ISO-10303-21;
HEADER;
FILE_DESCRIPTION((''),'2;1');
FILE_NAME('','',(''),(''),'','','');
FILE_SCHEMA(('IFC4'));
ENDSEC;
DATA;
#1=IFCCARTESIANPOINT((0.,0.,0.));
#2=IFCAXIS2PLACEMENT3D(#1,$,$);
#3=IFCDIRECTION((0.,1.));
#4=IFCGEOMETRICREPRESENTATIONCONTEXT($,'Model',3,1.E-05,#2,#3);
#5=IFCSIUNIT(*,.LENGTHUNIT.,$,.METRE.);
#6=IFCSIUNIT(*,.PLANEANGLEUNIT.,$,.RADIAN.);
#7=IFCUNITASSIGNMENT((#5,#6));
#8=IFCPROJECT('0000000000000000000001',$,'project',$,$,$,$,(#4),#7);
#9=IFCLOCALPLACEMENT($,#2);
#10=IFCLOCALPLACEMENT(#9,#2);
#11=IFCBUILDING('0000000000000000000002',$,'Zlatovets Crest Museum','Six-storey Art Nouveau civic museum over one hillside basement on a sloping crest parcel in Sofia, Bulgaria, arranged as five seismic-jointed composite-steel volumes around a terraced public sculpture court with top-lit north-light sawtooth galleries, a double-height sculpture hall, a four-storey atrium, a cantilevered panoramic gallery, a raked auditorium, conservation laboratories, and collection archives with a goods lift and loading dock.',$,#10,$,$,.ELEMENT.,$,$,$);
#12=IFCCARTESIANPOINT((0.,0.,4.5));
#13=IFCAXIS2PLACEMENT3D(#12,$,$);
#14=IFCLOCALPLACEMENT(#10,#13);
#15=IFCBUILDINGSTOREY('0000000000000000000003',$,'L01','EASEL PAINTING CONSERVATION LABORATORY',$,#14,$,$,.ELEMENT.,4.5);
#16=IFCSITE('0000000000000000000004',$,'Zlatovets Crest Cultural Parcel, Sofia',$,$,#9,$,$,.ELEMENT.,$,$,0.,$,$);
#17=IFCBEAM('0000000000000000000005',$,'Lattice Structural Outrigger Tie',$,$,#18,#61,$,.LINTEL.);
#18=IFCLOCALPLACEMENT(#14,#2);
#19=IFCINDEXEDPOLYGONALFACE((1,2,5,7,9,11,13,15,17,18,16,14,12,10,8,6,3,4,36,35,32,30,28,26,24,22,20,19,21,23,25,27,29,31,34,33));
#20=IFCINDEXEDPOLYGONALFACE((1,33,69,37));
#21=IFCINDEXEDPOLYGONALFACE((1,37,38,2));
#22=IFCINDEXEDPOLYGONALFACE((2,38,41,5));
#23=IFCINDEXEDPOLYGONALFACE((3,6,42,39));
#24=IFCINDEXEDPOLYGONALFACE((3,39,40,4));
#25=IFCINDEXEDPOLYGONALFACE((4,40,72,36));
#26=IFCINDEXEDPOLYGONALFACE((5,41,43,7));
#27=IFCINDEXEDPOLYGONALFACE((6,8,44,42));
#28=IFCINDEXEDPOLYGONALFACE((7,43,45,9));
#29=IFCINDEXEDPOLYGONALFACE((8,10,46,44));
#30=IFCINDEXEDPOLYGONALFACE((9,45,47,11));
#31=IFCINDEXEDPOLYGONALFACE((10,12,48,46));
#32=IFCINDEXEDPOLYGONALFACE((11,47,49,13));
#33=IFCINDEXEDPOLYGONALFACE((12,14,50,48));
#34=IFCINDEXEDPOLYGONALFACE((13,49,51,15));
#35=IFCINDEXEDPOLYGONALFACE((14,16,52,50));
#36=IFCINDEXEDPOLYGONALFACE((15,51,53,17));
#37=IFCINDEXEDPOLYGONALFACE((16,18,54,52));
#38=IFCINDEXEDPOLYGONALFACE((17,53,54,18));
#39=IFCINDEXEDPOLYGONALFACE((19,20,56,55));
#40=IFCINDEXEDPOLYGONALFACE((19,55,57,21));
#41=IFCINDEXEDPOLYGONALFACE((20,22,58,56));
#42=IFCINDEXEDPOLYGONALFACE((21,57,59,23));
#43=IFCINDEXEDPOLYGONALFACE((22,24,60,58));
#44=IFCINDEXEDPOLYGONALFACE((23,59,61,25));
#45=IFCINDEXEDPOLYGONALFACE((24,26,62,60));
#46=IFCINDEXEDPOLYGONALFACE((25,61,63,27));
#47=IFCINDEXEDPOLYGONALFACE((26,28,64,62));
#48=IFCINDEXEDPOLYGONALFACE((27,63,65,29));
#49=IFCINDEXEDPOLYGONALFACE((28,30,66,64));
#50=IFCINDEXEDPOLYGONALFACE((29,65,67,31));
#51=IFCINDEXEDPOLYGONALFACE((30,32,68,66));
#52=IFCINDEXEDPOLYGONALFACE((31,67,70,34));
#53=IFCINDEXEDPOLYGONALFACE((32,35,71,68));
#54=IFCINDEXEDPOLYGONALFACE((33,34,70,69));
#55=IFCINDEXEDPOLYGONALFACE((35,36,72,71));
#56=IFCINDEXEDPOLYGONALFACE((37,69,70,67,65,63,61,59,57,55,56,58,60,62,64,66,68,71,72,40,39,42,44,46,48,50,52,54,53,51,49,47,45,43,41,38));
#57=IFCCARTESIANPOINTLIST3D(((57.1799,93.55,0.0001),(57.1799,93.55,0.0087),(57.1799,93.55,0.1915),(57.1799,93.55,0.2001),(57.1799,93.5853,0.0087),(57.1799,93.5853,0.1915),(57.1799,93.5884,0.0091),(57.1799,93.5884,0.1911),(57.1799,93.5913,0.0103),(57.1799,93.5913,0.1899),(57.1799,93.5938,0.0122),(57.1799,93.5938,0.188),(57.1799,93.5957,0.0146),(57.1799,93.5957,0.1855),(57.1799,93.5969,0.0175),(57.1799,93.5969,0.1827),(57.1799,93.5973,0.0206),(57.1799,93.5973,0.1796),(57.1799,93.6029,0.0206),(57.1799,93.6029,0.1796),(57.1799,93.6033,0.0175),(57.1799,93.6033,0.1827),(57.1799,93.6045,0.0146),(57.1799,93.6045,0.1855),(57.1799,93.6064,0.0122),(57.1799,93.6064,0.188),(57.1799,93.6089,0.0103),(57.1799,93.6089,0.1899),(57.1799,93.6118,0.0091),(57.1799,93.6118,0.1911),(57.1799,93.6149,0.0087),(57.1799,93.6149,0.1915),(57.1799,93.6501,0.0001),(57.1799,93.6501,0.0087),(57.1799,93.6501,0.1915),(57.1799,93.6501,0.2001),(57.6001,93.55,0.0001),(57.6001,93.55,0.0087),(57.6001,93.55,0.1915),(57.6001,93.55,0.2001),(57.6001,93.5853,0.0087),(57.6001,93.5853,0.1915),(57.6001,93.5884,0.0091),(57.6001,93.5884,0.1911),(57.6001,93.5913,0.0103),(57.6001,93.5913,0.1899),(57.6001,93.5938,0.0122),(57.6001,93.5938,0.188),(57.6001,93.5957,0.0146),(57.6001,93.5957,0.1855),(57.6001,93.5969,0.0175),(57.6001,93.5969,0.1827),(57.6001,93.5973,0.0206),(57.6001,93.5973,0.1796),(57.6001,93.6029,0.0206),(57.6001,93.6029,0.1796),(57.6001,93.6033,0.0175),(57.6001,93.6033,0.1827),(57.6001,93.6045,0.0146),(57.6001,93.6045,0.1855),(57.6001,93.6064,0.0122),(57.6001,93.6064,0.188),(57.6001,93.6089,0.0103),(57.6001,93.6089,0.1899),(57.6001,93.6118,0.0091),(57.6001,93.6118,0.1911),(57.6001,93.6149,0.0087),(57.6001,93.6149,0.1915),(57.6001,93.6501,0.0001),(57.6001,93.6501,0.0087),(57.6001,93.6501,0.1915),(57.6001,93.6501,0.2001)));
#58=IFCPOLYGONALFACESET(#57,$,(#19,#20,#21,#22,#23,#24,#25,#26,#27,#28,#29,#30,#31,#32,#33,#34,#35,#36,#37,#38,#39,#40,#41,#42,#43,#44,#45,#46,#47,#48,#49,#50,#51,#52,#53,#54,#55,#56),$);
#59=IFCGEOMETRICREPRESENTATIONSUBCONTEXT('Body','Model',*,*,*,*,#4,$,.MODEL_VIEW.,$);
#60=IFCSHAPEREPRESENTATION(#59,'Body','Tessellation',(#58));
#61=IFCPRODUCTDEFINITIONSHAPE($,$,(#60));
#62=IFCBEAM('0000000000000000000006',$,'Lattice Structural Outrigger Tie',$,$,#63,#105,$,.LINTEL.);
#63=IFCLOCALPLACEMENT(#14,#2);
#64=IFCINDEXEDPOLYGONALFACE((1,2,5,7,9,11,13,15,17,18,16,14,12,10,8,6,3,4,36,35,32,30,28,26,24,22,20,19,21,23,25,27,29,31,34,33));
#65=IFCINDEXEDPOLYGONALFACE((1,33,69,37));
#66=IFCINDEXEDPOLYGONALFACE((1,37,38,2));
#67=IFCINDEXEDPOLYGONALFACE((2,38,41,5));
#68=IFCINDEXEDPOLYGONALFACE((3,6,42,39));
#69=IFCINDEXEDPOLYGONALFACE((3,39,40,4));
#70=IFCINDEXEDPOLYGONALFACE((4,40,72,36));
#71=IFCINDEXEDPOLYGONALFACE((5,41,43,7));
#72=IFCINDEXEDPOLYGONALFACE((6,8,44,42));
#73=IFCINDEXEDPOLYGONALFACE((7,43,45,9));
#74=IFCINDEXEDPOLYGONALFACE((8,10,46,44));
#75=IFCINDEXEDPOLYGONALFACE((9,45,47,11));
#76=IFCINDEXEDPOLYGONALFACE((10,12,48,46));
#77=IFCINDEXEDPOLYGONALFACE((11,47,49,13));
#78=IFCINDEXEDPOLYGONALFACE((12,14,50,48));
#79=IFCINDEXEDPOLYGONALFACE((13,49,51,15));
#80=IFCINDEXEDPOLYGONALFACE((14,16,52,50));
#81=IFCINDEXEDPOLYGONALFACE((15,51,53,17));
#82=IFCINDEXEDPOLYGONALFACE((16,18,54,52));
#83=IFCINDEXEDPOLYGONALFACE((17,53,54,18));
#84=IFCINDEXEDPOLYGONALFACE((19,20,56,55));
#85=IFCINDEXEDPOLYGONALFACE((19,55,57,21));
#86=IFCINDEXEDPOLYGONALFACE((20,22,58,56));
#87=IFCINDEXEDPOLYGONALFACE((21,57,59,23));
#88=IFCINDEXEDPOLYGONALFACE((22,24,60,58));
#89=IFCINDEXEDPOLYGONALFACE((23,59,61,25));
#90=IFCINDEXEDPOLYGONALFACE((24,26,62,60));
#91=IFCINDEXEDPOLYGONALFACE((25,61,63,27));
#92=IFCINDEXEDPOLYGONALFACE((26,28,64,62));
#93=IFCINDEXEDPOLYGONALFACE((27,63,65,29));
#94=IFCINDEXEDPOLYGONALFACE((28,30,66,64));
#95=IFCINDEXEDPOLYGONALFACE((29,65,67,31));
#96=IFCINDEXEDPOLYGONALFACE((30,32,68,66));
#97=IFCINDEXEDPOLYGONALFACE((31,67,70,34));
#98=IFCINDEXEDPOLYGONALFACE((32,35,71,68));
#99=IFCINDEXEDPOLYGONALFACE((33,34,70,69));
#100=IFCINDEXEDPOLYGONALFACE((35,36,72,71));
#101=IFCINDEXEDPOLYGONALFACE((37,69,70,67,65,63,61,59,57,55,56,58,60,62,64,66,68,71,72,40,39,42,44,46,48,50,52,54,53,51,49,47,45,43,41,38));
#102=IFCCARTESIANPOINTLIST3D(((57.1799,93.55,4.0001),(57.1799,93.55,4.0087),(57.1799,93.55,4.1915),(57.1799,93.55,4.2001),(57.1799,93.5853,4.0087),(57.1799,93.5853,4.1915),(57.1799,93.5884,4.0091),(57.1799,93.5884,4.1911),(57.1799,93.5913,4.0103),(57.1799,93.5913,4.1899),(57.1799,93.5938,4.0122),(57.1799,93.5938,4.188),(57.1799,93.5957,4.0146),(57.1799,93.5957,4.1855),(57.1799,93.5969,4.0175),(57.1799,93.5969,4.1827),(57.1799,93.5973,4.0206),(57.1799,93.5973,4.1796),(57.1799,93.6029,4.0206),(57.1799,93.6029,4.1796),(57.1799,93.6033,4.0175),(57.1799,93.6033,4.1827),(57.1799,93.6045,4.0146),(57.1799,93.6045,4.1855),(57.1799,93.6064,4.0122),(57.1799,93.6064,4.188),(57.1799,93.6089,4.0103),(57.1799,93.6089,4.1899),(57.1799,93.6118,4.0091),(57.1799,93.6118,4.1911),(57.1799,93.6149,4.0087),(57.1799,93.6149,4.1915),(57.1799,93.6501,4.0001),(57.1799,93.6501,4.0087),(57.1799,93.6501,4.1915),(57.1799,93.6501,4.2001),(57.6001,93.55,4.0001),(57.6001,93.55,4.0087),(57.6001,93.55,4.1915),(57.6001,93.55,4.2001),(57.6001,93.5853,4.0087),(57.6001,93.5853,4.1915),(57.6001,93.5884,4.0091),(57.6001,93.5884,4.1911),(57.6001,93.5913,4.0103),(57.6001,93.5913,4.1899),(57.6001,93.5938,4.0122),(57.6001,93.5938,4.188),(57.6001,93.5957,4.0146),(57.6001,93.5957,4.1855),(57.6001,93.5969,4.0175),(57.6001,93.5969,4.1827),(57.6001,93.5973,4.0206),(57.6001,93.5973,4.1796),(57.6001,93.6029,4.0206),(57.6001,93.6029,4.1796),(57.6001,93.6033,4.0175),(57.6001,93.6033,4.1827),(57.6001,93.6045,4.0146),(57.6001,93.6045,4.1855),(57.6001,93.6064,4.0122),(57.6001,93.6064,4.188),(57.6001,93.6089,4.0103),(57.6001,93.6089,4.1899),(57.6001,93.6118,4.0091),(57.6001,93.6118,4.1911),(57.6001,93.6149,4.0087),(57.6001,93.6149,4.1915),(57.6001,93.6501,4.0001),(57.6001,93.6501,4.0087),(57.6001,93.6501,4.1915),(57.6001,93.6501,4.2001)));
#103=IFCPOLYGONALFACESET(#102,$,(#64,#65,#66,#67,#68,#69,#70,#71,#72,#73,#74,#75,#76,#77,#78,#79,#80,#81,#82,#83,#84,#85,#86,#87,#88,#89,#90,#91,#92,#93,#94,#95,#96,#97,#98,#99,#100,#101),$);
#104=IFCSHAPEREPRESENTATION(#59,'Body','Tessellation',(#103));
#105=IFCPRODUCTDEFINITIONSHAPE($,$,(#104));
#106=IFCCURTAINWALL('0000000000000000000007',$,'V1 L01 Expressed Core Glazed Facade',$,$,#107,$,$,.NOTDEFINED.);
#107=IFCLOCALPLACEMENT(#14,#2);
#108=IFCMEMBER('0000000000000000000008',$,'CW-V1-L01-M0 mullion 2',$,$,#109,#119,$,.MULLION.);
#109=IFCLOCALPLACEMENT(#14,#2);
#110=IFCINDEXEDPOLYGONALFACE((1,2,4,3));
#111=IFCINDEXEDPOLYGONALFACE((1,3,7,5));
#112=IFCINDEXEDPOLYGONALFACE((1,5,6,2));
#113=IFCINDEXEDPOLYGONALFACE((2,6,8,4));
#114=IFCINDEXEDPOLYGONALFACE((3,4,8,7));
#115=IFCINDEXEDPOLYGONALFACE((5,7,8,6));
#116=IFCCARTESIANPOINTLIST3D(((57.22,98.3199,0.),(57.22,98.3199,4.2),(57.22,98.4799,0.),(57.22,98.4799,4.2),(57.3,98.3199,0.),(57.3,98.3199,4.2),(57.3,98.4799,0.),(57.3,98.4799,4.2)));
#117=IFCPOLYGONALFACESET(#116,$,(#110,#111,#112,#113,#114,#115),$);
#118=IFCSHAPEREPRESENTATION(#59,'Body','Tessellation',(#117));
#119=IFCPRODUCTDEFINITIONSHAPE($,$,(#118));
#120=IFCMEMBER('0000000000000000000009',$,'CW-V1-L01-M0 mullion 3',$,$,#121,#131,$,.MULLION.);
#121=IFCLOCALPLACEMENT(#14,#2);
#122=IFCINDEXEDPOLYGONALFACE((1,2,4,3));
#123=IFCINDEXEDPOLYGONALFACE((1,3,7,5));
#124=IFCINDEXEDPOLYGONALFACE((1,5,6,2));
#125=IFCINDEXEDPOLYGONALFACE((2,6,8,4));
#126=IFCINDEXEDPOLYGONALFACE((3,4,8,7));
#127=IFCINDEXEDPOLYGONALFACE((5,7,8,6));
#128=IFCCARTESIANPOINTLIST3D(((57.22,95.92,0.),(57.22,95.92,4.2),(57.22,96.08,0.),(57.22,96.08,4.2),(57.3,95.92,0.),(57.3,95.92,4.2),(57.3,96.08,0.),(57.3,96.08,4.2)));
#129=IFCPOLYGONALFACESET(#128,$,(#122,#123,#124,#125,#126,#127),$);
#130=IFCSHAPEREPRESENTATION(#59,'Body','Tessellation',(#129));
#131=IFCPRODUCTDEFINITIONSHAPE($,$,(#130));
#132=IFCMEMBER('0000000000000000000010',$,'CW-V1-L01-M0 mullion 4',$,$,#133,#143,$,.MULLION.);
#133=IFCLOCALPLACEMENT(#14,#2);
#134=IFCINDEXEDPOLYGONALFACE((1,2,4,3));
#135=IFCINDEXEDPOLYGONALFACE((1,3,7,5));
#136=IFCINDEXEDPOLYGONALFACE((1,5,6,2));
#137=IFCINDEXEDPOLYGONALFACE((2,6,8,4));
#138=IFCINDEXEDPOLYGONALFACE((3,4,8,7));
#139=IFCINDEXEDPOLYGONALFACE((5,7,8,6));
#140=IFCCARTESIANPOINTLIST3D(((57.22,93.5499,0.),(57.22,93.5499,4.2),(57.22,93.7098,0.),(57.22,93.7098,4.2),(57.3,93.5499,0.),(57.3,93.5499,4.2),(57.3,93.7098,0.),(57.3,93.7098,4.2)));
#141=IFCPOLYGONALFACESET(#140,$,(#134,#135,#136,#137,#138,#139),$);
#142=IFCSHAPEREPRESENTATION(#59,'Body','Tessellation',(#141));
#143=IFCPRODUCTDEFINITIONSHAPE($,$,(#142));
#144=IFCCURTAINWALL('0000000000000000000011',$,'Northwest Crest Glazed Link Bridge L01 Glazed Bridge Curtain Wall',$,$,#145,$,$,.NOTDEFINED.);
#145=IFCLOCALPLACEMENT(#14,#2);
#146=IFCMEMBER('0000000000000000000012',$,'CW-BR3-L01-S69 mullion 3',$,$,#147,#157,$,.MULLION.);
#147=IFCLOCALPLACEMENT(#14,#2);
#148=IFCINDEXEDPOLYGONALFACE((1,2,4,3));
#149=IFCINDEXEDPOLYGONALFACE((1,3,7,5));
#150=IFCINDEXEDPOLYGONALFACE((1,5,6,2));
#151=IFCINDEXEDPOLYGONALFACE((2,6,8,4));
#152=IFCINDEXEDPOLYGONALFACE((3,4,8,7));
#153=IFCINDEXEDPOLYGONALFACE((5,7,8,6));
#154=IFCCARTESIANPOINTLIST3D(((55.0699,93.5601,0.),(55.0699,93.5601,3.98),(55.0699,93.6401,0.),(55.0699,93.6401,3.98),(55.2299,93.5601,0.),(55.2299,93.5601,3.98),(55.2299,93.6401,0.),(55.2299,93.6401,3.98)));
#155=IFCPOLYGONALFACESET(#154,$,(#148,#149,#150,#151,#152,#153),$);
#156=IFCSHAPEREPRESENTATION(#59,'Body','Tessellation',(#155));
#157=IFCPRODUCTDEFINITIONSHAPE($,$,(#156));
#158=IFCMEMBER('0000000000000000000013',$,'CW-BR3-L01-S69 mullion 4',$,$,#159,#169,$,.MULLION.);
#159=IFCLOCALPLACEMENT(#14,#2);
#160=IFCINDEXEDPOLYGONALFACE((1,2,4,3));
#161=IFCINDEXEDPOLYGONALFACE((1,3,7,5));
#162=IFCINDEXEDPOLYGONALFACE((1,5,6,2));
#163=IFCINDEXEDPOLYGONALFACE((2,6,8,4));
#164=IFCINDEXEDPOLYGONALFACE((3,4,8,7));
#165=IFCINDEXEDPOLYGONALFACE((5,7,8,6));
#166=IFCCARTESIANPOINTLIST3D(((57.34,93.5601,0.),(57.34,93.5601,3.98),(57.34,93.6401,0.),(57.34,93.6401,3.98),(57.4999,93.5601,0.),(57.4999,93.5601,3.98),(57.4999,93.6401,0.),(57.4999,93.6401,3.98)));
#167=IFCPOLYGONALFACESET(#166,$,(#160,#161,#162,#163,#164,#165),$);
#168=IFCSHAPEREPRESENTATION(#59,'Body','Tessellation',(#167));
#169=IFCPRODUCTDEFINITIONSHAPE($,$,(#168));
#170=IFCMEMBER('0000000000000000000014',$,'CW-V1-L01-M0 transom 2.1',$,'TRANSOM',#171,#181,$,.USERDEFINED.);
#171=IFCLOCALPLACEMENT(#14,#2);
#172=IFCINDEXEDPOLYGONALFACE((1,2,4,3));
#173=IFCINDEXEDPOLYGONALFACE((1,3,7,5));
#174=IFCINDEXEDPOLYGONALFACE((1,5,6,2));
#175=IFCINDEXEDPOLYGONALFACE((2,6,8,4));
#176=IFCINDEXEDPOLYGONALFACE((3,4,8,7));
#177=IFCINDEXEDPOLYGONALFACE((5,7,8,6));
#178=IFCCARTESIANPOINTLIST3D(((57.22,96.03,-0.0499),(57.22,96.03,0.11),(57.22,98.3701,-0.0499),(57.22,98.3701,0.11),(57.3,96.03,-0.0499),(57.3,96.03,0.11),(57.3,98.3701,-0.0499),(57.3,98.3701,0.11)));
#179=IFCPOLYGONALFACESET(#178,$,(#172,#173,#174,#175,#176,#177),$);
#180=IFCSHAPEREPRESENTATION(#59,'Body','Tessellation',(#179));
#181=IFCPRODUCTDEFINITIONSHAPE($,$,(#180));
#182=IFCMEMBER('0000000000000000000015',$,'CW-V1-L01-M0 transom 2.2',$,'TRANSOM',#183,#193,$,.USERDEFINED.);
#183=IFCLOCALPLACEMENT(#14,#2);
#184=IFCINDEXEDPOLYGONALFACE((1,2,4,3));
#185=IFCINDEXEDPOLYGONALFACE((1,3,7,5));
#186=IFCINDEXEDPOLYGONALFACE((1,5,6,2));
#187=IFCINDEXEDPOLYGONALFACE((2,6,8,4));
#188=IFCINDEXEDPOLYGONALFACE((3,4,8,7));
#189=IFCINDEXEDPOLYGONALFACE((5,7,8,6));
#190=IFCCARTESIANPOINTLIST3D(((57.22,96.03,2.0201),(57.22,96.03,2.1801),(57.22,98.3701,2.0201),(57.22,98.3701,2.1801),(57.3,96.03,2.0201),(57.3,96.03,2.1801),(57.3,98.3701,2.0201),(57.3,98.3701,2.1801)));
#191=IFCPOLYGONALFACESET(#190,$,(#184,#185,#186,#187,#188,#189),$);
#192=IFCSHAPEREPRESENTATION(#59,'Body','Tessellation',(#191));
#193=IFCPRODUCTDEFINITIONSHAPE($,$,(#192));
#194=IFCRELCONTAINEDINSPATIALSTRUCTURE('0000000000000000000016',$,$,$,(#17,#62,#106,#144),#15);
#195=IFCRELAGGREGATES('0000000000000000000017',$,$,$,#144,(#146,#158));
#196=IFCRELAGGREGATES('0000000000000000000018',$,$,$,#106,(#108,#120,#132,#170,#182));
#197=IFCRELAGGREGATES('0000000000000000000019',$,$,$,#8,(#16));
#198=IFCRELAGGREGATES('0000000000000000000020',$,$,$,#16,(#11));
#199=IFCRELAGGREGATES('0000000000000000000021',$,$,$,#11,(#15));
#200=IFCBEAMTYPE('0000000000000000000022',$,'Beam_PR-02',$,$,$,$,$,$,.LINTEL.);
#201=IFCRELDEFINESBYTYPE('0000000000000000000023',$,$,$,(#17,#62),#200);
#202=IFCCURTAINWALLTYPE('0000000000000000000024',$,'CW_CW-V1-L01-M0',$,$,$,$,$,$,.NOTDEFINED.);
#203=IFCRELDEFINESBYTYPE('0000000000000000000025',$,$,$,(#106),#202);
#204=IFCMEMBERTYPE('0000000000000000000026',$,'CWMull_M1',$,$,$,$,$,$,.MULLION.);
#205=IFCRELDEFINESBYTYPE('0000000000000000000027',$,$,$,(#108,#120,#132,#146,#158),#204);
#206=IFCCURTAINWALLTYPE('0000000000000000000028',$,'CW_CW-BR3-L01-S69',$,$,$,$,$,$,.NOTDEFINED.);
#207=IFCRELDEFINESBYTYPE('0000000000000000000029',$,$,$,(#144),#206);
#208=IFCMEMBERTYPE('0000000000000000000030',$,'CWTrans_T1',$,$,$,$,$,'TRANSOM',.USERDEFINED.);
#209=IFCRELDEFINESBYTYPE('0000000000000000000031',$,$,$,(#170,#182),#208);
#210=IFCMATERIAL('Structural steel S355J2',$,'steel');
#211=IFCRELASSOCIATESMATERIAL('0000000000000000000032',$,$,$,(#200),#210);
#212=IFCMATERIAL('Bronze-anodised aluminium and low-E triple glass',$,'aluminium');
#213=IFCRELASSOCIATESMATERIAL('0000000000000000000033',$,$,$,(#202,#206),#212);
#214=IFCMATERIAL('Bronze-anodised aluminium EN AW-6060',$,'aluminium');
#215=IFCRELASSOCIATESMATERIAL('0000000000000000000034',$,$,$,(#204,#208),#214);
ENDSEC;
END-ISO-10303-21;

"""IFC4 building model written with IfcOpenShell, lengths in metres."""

from ifc_helpers import new_model, si_unit, direction, frame, origin, origin_2d, place, context, subcontext, project, spatial, rectangle, i_section, extrude, material, material_profile, profile_set, type_object, element, aggregate, save


model = new_model("IFC4")

# Units and contexts
model_context = context("Model", 3, precision=1e-05, world=origin(), true_north=direction((0.0, 1.0)))
body_context = subcontext(model_context, "Body", "Model", "MODEL_VIEW")
ifc_project = project(units=[si_unit("LENGTHUNIT", "METRE"), si_unit("PLANEANGLEUNIT", "RADIAN")], contexts=[model_context])

# Site, building, storey
site_placement = place(None, origin())
site = spatial("IfcSite", under=ifc_project, at=site_placement, Name="Zlatovets Crest Cultural Parcel, Sofia", CompositionType="ELEMENT", RefElevation=0.0)
building_placement = place(site_placement, origin())
building = spatial("IfcBuilding", under=site, at=building_placement, Name="Zlatovets Crest Museum", Description="Six-storey Art Nouveau civic museum over one hillside basement on a sloping crest parcel in Sofia, Bulgaria, arranged as five seismic-jointed composite-steel volumes around a terraced public sculpture court with top-lit north-light sawtooth galleries, a double-height sculpture hall, a four-storey atrium, a cantilevered panoramic gallery, a raked auditorium, conservation laboratories, and collection archives with a goods lift and loading dock.", CompositionType="ELEMENT")
storey_placement = place(building_placement, frame((0.0, 0.0, 4.5)))
storey = spatial("IfcBuildingStorey", under=building, at=storey_placement, Name="L01", Description="EASEL PAINTING CONSERVATION LABORATORY", CompositionType="ELEMENT", Elevation=4.5)

# Shared definitions
ifc_material_1 = material(Name="Structural steel S355J2", Category="steel")

# Beams
ifc_material_profile_1 = material_profile(ifc_material_1, i_section(OverallWidth=0.1001, OverallDepth=0.2, WebThickness=0.0056, FlangeThickness=0.0085, FilletRadius=0.012, at=origin_2d()), Name="IPE 200")
ifc_profile_set_1 = profile_set([ifc_material_profile_1], Name="Structural steel S355J2")
beam_type_1 = type_object("IfcBeamType", Name="Beam_PR-02", PredefinedType="LINTEL", material=ifc_profile_set_1)
for number, where, z_axis, x_axis, name in (
    (1, (57.6001, 93.6001, 0.1001), (-1.0, 0.0, 0.0), (0.0, -1.0, 0.0), "Lattice Structural Outrigger Tie"),
    (2, (57.6001, 93.6001, 4.1001), (-1.0, 0.0, 0.0), (0.0, -1.0, 0.0), "Lattice Structural Outrigger Tie"),
):
    element("IfcBeam", number, at=place(storey_placement, frame(where, z_axis=z_axis, x_axis=x_axis)), inside=storey, type_object=beam_type_1, Name=name, PredefinedType="LINTEL", context=body_context, shape_type="SweptSolid", body=[
        extrude(i_section(OverallWidth=0.1001, OverallDepth=0.2, WebThickness=0.0056, FlangeThickness=0.0085, FilletRadius=0.012, at=origin_2d()), origin(), (0.0, 0.0, 1.0), 0.4202),
    ])

# Curtain walls, members
ifc_material_2 = material(Name="Bronze-anodised aluminium and low-E triple glass", Category="aluminium")
curtain_wall_type_1 = type_object("IfcCurtainWallType", Name="CW_CW-V1-L01-M0", PredefinedType="NOTDEFINED", material=ifc_material_2)
curtain_wall_1_placement = place(storey_placement, origin())
curtain_wall_1 = element("IfcCurtainWall", 3, at=curtain_wall_1_placement, inside=storey, type_object=curtain_wall_type_1, Name="V1 L01 Expressed Core Glazed Facade", PredefinedType="NOTDEFINED")
ifc_material_3 = material(Name="Bronze-anodised aluminium EN AW-6060", Category="aluminium")
ifc_material_profile_2 = material_profile(ifc_material_3, rectangle(XDim=0.0801, YDim=0.1599, at=origin_2d()), Name="ALU 80x160")
ifc_profile_set_2 = profile_set([ifc_material_profile_2], Name="Bronze-anodised aluminium EN AW-6060")
member_type_1 = type_object("IfcMemberType", Name="CWMull_M1", PredefinedType="MULLION", material=ifc_profile_set_2)
member_1_placement = place(storey_placement, frame((57.26, 98.3999, 0.0), z_axis=(0.0, 0.0, 1.0), x_axis=(1.0, 0.0, 0.0)))
member_1 = element("IfcMember", 4, at=member_1_placement, type_object=member_type_1, Name="CW-V1-L01-M0 mullion 2", PredefinedType="MULLION", context=body_context, shape_type="SweptSolid", body=[
    extrude(rectangle(XDim=0.0801, YDim=0.1599, at=origin_2d()), origin(), (0.0, 0.0, 1.0), 4.2),
])
member_2_placement = place(storey_placement, frame((57.26, 96.0, 0.0), z_axis=(0.0, 0.0, 1.0), x_axis=(1.0, 0.0, 0.0)))
member_2 = element("IfcMember", 5, at=member_2_placement, type_object=member_type_1, Name="CW-V1-L01-M0 mullion 3", PredefinedType="MULLION", context=body_context, shape_type="SweptSolid", body=[
    extrude(rectangle(XDim=0.0801, YDim=0.1599, at=origin_2d()), origin(), (0.0, 0.0, 1.0), 4.2),
])
member_3_placement = place(storey_placement, frame((57.26, 93.6299, 0.0), z_axis=(0.0, 0.0, 1.0), x_axis=(1.0, 0.0, 0.0)))
member_3 = element("IfcMember", 6, at=member_3_placement, type_object=member_type_1, Name="CW-V1-L01-M0 mullion 4", PredefinedType="MULLION", context=body_context, shape_type="SweptSolid", body=[
    extrude(rectangle(XDim=0.0801, YDim=0.1599, at=origin_2d()), origin(), (0.0, 0.0, 1.0), 4.2),
])
curtain_wall_type_2 = type_object("IfcCurtainWallType", Name="CW_CW-BR3-L01-S69", PredefinedType="NOTDEFINED", material=ifc_material_2)
curtain_wall_2_placement = place(storey_placement, origin())
curtain_wall_2 = element("IfcCurtainWall", 7, at=curtain_wall_2_placement, inside=storey, type_object=curtain_wall_type_2, Name="Northwest Crest Glazed Link Bridge L01 Glazed Bridge Curtain Wall", PredefinedType="NOTDEFINED")
member_4_placement = place(storey_placement, frame((55.1499, 93.6001, 0.0), z_axis=(0.0, 0.0, 1.0), x_axis=(0.0, 1.0, 0.0)))
member_4 = element("IfcMember", 8, at=member_4_placement, type_object=member_type_1, Name="CW-BR3-L01-S69 mullion 3", PredefinedType="MULLION", context=body_context, shape_type="SweptSolid", body=[
    extrude(rectangle(XDim=0.0801, YDim=0.1599, at=origin_2d()), origin(), (0.0, 0.0, 1.0), 3.98),
])
member_5_placement = place(storey_placement, frame((57.4199, 93.6001, 0.0), z_axis=(0.0, 0.0, 1.0), x_axis=(0.0, 1.0, 0.0)))
member_5 = element("IfcMember", 9, at=member_5_placement, type_object=member_type_1, Name="CW-BR3-L01-S69 mullion 4", PredefinedType="MULLION", context=body_context, shape_type="SweptSolid", body=[
    extrude(rectangle(XDim=0.0801, YDim=0.1599, at=origin_2d()), origin(), (0.0, 0.0, 1.0), 3.98),
])

# Members
ifc_material_profile_3 = material_profile(ifc_material_3, rectangle(XDim=0.0801, YDim=0.1599, at=origin_2d()), Name="ALU 80x160")
ifc_profile_set_3 = profile_set([ifc_material_profile_3], Name="Bronze-anodised aluminium EN AW-6060")
member_type_2 = type_object("IfcMemberType", Name="CWTrans_T1", ElementType="TRANSOM", PredefinedType="USERDEFINED", material=ifc_profile_set_3)
member_6_placement = place(storey_placement, frame((57.26, 98.3701, 0.03), z_axis=(0.0, -1.0, 0.0), x_axis=(1.0, 0.0, 0.0)))
member_6 = element("IfcMember", 10, at=member_6_placement, type_object=member_type_2, Name="CW-V1-L01-M0 transom 2.1", ObjectType="TRANSOM", PredefinedType="USERDEFINED", context=body_context, shape_type="SweptSolid", body=[
    extrude(rectangle(XDim=0.0801, YDim=0.1599, at=origin_2d()), origin(), (0.0, 0.0, 1.0), 2.3401),
])
member_7_placement = place(storey_placement, frame((57.26, 98.3701, 2.1001), z_axis=(0.0, -1.0, 0.0), x_axis=(1.0, 0.0, 0.0)))
member_7 = element("IfcMember", 11, at=member_7_placement, type_object=member_type_2, Name="CW-V1-L01-M0 transom 2.2", ObjectType="TRANSOM", PredefinedType="USERDEFINED", context=body_context, shape_type="SweptSolid", body=[
    extrude(rectangle(XDim=0.0801, YDim=0.1599, at=origin_2d()), origin(), (0.0, 0.0, 1.0), 2.3401),
])

aggregate(curtain_wall_2, [member_4, member_5])
aggregate(curtain_wall_1, [member_1, member_2, member_3, member_6, member_7])

save(model, "model.ifc")
